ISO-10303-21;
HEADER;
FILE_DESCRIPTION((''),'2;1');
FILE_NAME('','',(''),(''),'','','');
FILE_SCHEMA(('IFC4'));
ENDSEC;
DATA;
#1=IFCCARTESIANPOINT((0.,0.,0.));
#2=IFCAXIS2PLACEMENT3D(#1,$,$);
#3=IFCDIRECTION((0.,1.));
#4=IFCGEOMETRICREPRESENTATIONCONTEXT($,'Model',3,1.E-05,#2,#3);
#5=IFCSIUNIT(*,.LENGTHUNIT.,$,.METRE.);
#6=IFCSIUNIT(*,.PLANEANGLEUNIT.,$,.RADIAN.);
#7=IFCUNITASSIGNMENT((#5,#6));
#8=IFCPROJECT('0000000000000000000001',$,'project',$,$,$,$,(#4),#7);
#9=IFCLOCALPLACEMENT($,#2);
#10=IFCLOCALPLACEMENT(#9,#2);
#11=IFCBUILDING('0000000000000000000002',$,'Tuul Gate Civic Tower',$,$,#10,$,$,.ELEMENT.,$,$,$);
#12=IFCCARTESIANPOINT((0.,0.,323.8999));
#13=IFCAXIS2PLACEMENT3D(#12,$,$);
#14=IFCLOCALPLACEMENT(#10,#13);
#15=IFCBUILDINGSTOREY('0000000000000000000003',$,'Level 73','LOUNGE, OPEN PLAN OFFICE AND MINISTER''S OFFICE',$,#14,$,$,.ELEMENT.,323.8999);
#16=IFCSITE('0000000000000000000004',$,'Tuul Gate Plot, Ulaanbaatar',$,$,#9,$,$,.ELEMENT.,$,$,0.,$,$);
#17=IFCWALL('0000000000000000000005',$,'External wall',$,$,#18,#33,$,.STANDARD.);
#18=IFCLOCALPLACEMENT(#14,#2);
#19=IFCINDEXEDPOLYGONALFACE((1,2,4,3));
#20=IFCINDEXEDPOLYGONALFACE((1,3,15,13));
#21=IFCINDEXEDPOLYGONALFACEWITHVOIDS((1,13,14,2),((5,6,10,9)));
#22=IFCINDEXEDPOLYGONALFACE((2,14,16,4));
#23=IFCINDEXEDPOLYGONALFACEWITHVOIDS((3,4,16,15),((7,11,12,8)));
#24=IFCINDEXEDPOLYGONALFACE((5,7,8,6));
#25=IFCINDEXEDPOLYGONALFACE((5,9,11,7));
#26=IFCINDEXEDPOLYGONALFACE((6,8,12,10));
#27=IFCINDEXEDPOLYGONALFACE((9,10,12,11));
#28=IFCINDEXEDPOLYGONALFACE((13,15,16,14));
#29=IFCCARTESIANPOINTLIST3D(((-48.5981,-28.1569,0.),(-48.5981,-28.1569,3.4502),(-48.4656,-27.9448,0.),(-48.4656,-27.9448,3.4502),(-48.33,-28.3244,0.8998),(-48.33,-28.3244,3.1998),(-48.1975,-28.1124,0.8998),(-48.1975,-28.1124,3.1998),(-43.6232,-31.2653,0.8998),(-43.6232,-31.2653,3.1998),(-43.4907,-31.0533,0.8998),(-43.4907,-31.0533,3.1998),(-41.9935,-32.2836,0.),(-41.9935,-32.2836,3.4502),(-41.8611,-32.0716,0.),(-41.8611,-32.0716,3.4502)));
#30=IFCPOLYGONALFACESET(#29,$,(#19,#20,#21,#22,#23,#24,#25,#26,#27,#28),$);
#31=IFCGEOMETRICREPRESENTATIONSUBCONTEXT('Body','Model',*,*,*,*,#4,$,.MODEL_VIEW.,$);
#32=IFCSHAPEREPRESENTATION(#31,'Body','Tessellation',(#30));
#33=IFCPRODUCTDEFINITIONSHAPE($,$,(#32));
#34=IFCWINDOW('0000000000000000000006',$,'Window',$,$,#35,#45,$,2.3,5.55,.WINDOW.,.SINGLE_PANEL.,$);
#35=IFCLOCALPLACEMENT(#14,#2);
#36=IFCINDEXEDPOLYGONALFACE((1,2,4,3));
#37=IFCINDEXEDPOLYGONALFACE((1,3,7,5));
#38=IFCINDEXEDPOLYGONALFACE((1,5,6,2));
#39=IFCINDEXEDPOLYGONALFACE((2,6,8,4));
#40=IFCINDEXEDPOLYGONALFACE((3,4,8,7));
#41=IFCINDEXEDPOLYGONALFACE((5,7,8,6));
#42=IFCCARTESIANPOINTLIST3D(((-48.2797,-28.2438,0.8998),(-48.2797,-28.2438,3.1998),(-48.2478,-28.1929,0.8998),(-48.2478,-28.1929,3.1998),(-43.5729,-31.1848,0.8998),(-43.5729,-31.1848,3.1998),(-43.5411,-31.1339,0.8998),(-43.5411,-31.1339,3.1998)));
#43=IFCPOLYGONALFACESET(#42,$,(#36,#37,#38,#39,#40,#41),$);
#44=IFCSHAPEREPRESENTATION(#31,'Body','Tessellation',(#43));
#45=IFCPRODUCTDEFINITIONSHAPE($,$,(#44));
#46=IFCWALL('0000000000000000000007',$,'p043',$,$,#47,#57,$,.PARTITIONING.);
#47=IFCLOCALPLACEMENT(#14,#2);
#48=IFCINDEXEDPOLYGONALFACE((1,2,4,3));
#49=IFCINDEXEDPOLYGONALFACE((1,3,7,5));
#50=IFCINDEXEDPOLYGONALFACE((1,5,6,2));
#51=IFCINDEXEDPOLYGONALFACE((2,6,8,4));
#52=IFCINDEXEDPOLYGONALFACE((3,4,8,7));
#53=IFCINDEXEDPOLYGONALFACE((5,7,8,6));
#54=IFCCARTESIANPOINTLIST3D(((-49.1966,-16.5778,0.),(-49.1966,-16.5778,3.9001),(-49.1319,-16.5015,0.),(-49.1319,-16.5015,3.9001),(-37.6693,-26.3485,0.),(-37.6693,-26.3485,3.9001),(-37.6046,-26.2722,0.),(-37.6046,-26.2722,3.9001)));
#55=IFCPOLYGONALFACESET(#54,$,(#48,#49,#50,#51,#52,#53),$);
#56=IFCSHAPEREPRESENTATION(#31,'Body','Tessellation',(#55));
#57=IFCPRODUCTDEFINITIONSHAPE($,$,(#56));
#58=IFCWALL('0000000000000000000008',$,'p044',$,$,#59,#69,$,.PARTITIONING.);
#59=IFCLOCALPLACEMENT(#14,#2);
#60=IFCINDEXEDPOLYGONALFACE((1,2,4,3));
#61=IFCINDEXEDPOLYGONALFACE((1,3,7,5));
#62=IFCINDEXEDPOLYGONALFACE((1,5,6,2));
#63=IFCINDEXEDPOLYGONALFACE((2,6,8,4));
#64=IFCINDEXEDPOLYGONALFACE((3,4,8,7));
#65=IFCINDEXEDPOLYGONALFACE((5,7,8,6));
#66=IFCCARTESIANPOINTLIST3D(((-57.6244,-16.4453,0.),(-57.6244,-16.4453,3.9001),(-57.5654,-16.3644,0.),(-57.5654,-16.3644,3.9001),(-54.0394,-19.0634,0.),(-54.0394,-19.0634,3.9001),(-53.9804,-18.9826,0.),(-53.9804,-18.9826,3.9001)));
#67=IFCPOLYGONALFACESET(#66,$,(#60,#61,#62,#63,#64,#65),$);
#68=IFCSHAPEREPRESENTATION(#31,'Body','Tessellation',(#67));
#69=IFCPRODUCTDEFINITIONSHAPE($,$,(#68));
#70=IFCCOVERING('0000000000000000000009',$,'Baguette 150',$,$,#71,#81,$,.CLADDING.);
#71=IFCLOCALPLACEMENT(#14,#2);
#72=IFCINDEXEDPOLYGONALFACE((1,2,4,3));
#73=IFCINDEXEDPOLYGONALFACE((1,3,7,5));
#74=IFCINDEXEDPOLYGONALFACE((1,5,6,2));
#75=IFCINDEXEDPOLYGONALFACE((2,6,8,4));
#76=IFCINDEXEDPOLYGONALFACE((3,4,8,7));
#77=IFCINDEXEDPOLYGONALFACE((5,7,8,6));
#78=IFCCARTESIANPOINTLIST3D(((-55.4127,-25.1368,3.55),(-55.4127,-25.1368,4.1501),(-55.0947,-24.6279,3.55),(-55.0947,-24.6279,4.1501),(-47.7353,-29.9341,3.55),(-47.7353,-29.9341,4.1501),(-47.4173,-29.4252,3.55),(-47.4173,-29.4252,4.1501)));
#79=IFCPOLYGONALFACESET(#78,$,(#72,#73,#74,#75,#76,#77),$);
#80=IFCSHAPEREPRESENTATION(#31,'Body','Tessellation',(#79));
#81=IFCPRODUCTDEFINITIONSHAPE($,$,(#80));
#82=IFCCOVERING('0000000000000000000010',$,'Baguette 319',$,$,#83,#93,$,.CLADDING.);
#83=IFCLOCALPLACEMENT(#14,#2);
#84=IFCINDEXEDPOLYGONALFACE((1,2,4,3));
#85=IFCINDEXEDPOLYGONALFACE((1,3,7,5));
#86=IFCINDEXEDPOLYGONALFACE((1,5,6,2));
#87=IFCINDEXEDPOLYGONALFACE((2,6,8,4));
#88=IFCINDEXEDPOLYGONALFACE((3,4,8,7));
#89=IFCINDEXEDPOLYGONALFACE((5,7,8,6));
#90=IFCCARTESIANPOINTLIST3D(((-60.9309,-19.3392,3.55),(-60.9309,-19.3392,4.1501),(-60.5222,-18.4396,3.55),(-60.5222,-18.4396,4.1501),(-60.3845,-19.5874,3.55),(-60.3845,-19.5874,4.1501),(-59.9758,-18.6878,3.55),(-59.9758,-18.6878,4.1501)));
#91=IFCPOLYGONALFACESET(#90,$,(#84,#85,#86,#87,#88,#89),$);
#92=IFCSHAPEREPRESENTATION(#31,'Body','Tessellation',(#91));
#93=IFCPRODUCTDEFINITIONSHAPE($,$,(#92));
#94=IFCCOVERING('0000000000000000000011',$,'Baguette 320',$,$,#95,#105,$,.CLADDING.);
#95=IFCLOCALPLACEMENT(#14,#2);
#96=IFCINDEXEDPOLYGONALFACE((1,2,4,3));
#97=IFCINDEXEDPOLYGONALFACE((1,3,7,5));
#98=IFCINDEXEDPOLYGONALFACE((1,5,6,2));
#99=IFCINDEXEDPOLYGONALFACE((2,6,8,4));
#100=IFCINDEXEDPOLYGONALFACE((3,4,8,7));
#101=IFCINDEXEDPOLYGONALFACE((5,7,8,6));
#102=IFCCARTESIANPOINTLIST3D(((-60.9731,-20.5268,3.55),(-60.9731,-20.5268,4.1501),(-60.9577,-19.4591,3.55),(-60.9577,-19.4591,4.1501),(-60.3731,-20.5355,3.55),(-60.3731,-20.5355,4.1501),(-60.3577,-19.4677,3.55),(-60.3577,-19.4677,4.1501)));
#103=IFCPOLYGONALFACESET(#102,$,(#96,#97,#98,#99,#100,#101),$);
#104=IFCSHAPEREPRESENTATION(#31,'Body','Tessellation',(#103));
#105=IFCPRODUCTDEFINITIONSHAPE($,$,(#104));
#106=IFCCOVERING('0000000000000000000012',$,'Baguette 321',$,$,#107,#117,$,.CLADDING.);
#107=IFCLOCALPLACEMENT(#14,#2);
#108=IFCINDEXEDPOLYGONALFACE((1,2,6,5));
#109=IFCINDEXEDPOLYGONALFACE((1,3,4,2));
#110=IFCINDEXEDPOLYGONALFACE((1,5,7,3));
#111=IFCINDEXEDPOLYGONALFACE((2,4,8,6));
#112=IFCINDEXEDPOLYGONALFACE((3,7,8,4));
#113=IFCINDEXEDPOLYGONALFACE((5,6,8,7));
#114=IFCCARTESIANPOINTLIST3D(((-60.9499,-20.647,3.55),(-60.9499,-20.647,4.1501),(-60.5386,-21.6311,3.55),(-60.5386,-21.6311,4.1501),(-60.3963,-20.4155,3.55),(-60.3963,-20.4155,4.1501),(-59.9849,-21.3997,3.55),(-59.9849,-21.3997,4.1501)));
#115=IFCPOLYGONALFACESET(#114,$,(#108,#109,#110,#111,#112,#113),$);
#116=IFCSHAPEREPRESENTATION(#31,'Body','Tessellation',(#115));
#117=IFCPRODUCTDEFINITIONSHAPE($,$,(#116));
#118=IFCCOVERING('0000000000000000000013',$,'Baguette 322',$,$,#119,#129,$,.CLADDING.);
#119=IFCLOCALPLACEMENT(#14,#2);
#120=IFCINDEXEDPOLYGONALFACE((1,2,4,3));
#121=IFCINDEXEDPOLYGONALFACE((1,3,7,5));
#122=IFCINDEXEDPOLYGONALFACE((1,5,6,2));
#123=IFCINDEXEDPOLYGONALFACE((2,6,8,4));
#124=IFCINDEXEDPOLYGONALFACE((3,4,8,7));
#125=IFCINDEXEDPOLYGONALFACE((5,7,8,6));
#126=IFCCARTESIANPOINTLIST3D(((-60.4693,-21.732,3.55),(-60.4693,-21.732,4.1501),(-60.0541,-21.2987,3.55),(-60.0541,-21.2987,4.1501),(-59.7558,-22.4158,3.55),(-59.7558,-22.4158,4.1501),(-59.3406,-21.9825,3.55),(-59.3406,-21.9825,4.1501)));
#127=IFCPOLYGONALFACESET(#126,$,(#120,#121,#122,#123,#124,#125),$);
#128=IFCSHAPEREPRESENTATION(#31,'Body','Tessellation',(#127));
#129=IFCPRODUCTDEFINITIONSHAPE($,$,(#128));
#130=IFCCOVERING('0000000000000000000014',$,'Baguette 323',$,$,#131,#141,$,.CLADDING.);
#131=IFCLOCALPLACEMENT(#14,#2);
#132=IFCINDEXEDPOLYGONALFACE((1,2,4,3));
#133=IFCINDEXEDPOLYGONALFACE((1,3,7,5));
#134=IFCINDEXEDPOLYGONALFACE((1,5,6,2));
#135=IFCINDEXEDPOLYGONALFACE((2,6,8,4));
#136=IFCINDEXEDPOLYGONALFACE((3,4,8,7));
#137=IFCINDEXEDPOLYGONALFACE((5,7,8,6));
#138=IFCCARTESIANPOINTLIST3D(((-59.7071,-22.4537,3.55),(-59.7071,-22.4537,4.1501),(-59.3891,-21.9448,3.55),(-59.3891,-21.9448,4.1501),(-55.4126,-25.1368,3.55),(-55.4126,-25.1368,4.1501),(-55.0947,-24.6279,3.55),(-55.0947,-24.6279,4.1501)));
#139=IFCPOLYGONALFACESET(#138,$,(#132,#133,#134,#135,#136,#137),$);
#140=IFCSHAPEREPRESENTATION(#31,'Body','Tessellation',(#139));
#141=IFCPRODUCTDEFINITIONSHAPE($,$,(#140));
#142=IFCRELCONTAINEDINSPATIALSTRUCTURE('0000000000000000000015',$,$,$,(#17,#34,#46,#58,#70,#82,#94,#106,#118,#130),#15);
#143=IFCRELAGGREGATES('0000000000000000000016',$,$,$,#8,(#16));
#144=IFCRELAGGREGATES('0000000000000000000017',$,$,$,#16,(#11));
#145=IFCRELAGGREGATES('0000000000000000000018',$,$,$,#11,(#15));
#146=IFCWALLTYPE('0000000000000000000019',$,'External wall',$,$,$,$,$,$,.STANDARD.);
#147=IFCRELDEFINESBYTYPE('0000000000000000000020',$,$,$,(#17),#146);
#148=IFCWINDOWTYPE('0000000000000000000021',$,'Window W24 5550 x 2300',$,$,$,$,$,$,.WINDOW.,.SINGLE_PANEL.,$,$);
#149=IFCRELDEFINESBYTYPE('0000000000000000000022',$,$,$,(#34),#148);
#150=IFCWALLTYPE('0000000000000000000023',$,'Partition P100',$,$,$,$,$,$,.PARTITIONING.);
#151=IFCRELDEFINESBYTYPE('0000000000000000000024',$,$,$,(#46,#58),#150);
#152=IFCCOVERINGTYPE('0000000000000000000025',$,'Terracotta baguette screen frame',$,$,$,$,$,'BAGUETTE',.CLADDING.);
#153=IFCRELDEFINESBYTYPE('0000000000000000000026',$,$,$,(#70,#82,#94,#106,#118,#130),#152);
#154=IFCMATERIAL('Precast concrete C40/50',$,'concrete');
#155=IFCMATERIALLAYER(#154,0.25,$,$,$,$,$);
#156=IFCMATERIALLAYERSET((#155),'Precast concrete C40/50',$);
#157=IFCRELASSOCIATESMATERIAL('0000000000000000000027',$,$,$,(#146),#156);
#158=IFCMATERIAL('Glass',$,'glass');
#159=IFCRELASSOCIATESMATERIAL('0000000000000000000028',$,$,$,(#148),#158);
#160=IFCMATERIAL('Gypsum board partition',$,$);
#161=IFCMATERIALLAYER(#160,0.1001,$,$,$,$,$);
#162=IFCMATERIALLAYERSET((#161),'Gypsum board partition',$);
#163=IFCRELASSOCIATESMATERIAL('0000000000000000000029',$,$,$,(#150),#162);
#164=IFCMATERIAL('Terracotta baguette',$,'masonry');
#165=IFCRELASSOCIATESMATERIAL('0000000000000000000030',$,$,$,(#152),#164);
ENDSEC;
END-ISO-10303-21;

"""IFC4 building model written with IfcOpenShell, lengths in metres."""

from ifc_helpers import new_model, si_unit, direction, frame, frame_2d, origin, origin_2d, place, context, subcontext, project, spatial, rectangle, extrude, material, layer, layer_set, material_profile, profile_set, type_object, element, fill, save


model = new_model("IFC4")

# Units and contexts
model_context = context("Model", 3, precision=1e-05, world=origin(), true_north=direction((0.0, 1.0)))
body_context = subcontext(model_context, "Body", "Model", "MODEL_VIEW")
ifc_project = project(units=[si_unit("LENGTHUNIT", "METRE"), si_unit("PLANEANGLEUNIT", "RADIAN")], contexts=[model_context])

# Site, building, storey
site_placement = place(None, origin())
site = spatial("IfcSite", under=ifc_project, at=site_placement, Name="Tuul Gate Plot, Ulaanbaatar", CompositionType="ELEMENT", RefElevation=0.0)
building_placement = place(site_placement, origin())
building = spatial("IfcBuilding", under=site, at=building_placement, Name="Tuul Gate Civic Tower", CompositionType="ELEMENT")
storey_placement = place(building_placement, frame((0.0, 0.0, 323.8999)))
storey = spatial("IfcBuildingStorey", under=building, at=storey_placement, Name="Level 73", Description="LOUNGE, OPEN PLAN OFFICE AND MINISTER'S OFFICE", CompositionType="ELEMENT", Elevation=323.8999)

# Shared definitions
ifc_material_1 = material(Name="Precast concrete C40/50", Category="concrete")
ifc_layer_1 = layer(ifc_material_1, 0.25)
ifc_layer_set_1 = layer_set([ifc_layer_1], Name="Precast concrete C40/50")
wall_type_1 = type_object("IfcWallType", Name="External wall", PredefinedType="STANDARD", material=ifc_layer_set_1)

# Wall, opening, window
ifc_material_2 = material(Name="Glass", Category="glass")
window_type = type_object("IfcWindowType", Name="Window W24 5550 x 2300", PartitioningType="SINGLE_PANEL", PredefinedType="WINDOW", material=ifc_material_2)
wall_1_placement = place(storey_placement, frame((-48.532, -28.0508, 0.0), z_axis=(0.0, 0.0, 1.0), x_axis=(0.848062, -0.529897, 0.0)))
wall_1 = element("IfcWall", 1, at=wall_1_placement, inside=storey, type_object=wall_type_1, Name="External wall", PredefinedType="STANDARD", context=body_context, shape_type="SweptSolid", body=[
    extrude(rectangle(XDim=7.7878, YDim=0.25, at=frame_2d((3.894, 0.0))), origin(), (0.0, 0.0, 1.0), 3.4502),
])
opening_1_placement = place(wall_1_placement, frame((0.3164, 0.0, 0.8999)))
opening_1 = element("IfcOpeningElement", 2, at=opening_1_placement, cuts=wall_1, PredefinedType="OPENING", context=body_context, shape_type="SweptSolid", body=[
    extrude(rectangle(XDim=5.55, YDim=2.3, at=frame_2d((2.7749, 1.1499))), frame((0.0, 0.135, 0.0), z_axis=(0.0, -1.0, 0.0), x_axis=(1.0, 0.0, 0.0)), (0.0, 0.0, 1.0), 0.27),
])
window_1_placement = place(opening_1_placement, origin())
window_1 = element("IfcWindow", 3, at=window_1_placement, inside=storey, type_object=window_type, Name="Window", OverallHeight=2.3, OverallWidth=5.55, PartitioningType="SINGLE_PANEL", PredefinedType="WINDOW", context=body_context, shape_type="SweptSolid", body=[
    extrude(rectangle(XDim=5.55, YDim=2.3, at=frame_2d((2.7749, 1.1499))), frame((0.0, 0.03, 0.0), z_axis=(0.0, -1.0, 0.0), x_axis=(1.0, 0.0, 0.0)), (0.0, 0.0, 1.0), 0.0601),
])
fill(opening_1, window_1)

# Walls
ifc_material_3 = material(Name="Gypsum board partition")
ifc_layer_2 = layer(ifc_material_3, 0.1001)
ifc_layer_set_2 = layer_set([ifc_layer_2], Name="Gypsum board partition")
wall_type_2 = type_object("IfcWallType", Name="Partition P100", PredefinedType="PARTITIONING", material=ifc_layer_set_2)
wall_2_placement = place(storey_placement, frame((-49.1643, -16.5396, 0.0), z_axis=(0.0, 0.0, 1.0), x_axis=(0.762836, -0.646592, 0.0)))
element("IfcWall", 4, at=wall_2_placement, inside=storey, type_object=wall_type_2, Name="p043", PredefinedType="PARTITIONING", context=body_context, shape_type="SweptSolid", body=[
    extrude(rectangle(XDim=15.1111, YDim=0.1001, at=frame_2d((7.5557, 0.0))), origin(), (0.0, 0.0, 1.0), 3.9001),
])
wall_3_placement = place(storey_placement, frame((-57.595, -16.4048, 0.0), z_axis=(0.0, 0.0, 1.0), x_axis=(0.807564, -0.589779, 0.0)))
element("IfcWall", 5, at=wall_3_placement, inside=storey, type_object=wall_type_2, Name="p044", PredefinedType="PARTITIONING", context=body_context, shape_type="SweptSolid", body=[
    extrude(rectangle(XDim=4.4392, YDim=0.1001, at=frame_2d((2.2197, 0.0))), origin(), (0.0, 0.0, 1.0), 3.9001),
])

# Coverings
ifc_material_4 = material(Name="Terracotta baguette", Category="masonry")
ifc_material_profile_1 = material_profile(ifc_material_4, rectangle(XDim=0.6001, YDim=0.6001, at=origin_2d()), Name="Terracotta baguette screen frame")
ifc_profile_set_1 = profile_set([ifc_material_profile_1], Name="Terracotta baguette")
covering_type = type_object("IfcCoveringType", Name="Terracotta baguette screen frame", ElementType="BAGUETTE", PredefinedType="CLADDING", material=ifc_profile_set_1)
covering_1_placement = place(storey_placement, frame((-55.2537, -24.8823, 3.8501), z_axis=(0.848051, -0.529914, 0.0), x_axis=(0.529914, 0.848051, 0.0)))
element("IfcCovering", 6, at=covering_1_placement, inside=storey, type_object=covering_type, Name="Baguette 150", PredefinedType="CLADDING", context=body_context, shape_type="SweptSolid", body=[
    extrude(rectangle(XDim=0.6001, YDim=0.6001, at=origin_2d()), origin(), (0.0, 0.0, 1.0), 9.053),
])
covering_2_placement = place(storey_placement, frame((-60.249, -18.5637, 3.8501), z_axis=(-0.413598, -0.91046, 0.0), x_axis=(0.91046, -0.413598, 0.0)))
element("IfcCovering", 7, at=covering_2_placement, inside=storey, type_object=covering_type, Name="Baguette 319", PredefinedType="CLADDING", context=body_context, shape_type="SweptSolid", body=[
    extrude(rectangle(XDim=0.6001, YDim=0.6001, at=origin_2d()), origin(), (0.0, 0.0, 1.0), 0.988),
])
covering_3_placement = place(storey_placement, frame((-60.6577, -19.4634, 3.8501), z_axis=(-0.014402, -0.999896, 0.0), x_axis=(0.999896, -0.014402, 0.0)))
element("IfcCovering", 8, at=covering_3_placement, inside=storey, type_object=covering_type, Name="Baguette 320", PredefinedType="CLADDING", context=body_context, shape_type="SweptSolid", body=[
    extrude(rectangle(XDim=0.6001, YDim=0.6001, at=origin_2d()), origin(), (0.0, 0.0, 1.0), 1.0679),
])
covering_4_placement = place(storey_placement, frame((-60.6731, -20.5312, 3.8501), z_axis=(0.385672, -0.922636, 0.0), x_axis=(0.922636, 0.385672, 0.0)))
element("IfcCovering", 9, at=covering_4_placement, inside=storey, type_object=covering_type, Name="Baguette 321", PredefinedType="CLADDING", context=body_context, shape_type="SweptSolid", body=[
    extrude(rectangle(XDim=0.6001, YDim=0.6001, at=origin_2d()), origin(), (0.0, 0.0, 1.0), 1.0667),
])
covering_5_placement = place(storey_placement, frame((-60.2617, -21.5154, 3.8501), z_axis=(0.722014, -0.691879, 0.0), x_axis=(0.691879, 0.722014, 0.0)))
element("IfcCovering", 10, at=covering_5_placement, inside=storey, type_object=covering_type, Name="Baguette 322", PredefinedType="CLADDING", context=body_context, shape_type="SweptSolid", body=[
    extrude(rectangle(XDim=0.6001, YDim=0.6001, at=origin_2d()), origin(), (0.0, 0.0, 1.0), 0.9883),
])
covering_6_placement = place(storey_placement, frame((-59.5481, -22.1992, 3.8501), z_axis=(0.84808, -0.529869, 0.0), x_axis=(0.529869, 0.84808, 0.0)))
element("IfcCovering", 11, at=covering_6_placement, inside=storey, type_object=covering_type, Name="Baguette 323", PredefinedType="CLADDING", context=body_context, shape_type="SweptSolid", body=[
    extrude(rectangle(XDim=0.6001, YDim=0.6001, at=origin_2d()), origin(), (0.0, 0.0, 1.0), 5.0637),
])

save(model, "model.ifc")
